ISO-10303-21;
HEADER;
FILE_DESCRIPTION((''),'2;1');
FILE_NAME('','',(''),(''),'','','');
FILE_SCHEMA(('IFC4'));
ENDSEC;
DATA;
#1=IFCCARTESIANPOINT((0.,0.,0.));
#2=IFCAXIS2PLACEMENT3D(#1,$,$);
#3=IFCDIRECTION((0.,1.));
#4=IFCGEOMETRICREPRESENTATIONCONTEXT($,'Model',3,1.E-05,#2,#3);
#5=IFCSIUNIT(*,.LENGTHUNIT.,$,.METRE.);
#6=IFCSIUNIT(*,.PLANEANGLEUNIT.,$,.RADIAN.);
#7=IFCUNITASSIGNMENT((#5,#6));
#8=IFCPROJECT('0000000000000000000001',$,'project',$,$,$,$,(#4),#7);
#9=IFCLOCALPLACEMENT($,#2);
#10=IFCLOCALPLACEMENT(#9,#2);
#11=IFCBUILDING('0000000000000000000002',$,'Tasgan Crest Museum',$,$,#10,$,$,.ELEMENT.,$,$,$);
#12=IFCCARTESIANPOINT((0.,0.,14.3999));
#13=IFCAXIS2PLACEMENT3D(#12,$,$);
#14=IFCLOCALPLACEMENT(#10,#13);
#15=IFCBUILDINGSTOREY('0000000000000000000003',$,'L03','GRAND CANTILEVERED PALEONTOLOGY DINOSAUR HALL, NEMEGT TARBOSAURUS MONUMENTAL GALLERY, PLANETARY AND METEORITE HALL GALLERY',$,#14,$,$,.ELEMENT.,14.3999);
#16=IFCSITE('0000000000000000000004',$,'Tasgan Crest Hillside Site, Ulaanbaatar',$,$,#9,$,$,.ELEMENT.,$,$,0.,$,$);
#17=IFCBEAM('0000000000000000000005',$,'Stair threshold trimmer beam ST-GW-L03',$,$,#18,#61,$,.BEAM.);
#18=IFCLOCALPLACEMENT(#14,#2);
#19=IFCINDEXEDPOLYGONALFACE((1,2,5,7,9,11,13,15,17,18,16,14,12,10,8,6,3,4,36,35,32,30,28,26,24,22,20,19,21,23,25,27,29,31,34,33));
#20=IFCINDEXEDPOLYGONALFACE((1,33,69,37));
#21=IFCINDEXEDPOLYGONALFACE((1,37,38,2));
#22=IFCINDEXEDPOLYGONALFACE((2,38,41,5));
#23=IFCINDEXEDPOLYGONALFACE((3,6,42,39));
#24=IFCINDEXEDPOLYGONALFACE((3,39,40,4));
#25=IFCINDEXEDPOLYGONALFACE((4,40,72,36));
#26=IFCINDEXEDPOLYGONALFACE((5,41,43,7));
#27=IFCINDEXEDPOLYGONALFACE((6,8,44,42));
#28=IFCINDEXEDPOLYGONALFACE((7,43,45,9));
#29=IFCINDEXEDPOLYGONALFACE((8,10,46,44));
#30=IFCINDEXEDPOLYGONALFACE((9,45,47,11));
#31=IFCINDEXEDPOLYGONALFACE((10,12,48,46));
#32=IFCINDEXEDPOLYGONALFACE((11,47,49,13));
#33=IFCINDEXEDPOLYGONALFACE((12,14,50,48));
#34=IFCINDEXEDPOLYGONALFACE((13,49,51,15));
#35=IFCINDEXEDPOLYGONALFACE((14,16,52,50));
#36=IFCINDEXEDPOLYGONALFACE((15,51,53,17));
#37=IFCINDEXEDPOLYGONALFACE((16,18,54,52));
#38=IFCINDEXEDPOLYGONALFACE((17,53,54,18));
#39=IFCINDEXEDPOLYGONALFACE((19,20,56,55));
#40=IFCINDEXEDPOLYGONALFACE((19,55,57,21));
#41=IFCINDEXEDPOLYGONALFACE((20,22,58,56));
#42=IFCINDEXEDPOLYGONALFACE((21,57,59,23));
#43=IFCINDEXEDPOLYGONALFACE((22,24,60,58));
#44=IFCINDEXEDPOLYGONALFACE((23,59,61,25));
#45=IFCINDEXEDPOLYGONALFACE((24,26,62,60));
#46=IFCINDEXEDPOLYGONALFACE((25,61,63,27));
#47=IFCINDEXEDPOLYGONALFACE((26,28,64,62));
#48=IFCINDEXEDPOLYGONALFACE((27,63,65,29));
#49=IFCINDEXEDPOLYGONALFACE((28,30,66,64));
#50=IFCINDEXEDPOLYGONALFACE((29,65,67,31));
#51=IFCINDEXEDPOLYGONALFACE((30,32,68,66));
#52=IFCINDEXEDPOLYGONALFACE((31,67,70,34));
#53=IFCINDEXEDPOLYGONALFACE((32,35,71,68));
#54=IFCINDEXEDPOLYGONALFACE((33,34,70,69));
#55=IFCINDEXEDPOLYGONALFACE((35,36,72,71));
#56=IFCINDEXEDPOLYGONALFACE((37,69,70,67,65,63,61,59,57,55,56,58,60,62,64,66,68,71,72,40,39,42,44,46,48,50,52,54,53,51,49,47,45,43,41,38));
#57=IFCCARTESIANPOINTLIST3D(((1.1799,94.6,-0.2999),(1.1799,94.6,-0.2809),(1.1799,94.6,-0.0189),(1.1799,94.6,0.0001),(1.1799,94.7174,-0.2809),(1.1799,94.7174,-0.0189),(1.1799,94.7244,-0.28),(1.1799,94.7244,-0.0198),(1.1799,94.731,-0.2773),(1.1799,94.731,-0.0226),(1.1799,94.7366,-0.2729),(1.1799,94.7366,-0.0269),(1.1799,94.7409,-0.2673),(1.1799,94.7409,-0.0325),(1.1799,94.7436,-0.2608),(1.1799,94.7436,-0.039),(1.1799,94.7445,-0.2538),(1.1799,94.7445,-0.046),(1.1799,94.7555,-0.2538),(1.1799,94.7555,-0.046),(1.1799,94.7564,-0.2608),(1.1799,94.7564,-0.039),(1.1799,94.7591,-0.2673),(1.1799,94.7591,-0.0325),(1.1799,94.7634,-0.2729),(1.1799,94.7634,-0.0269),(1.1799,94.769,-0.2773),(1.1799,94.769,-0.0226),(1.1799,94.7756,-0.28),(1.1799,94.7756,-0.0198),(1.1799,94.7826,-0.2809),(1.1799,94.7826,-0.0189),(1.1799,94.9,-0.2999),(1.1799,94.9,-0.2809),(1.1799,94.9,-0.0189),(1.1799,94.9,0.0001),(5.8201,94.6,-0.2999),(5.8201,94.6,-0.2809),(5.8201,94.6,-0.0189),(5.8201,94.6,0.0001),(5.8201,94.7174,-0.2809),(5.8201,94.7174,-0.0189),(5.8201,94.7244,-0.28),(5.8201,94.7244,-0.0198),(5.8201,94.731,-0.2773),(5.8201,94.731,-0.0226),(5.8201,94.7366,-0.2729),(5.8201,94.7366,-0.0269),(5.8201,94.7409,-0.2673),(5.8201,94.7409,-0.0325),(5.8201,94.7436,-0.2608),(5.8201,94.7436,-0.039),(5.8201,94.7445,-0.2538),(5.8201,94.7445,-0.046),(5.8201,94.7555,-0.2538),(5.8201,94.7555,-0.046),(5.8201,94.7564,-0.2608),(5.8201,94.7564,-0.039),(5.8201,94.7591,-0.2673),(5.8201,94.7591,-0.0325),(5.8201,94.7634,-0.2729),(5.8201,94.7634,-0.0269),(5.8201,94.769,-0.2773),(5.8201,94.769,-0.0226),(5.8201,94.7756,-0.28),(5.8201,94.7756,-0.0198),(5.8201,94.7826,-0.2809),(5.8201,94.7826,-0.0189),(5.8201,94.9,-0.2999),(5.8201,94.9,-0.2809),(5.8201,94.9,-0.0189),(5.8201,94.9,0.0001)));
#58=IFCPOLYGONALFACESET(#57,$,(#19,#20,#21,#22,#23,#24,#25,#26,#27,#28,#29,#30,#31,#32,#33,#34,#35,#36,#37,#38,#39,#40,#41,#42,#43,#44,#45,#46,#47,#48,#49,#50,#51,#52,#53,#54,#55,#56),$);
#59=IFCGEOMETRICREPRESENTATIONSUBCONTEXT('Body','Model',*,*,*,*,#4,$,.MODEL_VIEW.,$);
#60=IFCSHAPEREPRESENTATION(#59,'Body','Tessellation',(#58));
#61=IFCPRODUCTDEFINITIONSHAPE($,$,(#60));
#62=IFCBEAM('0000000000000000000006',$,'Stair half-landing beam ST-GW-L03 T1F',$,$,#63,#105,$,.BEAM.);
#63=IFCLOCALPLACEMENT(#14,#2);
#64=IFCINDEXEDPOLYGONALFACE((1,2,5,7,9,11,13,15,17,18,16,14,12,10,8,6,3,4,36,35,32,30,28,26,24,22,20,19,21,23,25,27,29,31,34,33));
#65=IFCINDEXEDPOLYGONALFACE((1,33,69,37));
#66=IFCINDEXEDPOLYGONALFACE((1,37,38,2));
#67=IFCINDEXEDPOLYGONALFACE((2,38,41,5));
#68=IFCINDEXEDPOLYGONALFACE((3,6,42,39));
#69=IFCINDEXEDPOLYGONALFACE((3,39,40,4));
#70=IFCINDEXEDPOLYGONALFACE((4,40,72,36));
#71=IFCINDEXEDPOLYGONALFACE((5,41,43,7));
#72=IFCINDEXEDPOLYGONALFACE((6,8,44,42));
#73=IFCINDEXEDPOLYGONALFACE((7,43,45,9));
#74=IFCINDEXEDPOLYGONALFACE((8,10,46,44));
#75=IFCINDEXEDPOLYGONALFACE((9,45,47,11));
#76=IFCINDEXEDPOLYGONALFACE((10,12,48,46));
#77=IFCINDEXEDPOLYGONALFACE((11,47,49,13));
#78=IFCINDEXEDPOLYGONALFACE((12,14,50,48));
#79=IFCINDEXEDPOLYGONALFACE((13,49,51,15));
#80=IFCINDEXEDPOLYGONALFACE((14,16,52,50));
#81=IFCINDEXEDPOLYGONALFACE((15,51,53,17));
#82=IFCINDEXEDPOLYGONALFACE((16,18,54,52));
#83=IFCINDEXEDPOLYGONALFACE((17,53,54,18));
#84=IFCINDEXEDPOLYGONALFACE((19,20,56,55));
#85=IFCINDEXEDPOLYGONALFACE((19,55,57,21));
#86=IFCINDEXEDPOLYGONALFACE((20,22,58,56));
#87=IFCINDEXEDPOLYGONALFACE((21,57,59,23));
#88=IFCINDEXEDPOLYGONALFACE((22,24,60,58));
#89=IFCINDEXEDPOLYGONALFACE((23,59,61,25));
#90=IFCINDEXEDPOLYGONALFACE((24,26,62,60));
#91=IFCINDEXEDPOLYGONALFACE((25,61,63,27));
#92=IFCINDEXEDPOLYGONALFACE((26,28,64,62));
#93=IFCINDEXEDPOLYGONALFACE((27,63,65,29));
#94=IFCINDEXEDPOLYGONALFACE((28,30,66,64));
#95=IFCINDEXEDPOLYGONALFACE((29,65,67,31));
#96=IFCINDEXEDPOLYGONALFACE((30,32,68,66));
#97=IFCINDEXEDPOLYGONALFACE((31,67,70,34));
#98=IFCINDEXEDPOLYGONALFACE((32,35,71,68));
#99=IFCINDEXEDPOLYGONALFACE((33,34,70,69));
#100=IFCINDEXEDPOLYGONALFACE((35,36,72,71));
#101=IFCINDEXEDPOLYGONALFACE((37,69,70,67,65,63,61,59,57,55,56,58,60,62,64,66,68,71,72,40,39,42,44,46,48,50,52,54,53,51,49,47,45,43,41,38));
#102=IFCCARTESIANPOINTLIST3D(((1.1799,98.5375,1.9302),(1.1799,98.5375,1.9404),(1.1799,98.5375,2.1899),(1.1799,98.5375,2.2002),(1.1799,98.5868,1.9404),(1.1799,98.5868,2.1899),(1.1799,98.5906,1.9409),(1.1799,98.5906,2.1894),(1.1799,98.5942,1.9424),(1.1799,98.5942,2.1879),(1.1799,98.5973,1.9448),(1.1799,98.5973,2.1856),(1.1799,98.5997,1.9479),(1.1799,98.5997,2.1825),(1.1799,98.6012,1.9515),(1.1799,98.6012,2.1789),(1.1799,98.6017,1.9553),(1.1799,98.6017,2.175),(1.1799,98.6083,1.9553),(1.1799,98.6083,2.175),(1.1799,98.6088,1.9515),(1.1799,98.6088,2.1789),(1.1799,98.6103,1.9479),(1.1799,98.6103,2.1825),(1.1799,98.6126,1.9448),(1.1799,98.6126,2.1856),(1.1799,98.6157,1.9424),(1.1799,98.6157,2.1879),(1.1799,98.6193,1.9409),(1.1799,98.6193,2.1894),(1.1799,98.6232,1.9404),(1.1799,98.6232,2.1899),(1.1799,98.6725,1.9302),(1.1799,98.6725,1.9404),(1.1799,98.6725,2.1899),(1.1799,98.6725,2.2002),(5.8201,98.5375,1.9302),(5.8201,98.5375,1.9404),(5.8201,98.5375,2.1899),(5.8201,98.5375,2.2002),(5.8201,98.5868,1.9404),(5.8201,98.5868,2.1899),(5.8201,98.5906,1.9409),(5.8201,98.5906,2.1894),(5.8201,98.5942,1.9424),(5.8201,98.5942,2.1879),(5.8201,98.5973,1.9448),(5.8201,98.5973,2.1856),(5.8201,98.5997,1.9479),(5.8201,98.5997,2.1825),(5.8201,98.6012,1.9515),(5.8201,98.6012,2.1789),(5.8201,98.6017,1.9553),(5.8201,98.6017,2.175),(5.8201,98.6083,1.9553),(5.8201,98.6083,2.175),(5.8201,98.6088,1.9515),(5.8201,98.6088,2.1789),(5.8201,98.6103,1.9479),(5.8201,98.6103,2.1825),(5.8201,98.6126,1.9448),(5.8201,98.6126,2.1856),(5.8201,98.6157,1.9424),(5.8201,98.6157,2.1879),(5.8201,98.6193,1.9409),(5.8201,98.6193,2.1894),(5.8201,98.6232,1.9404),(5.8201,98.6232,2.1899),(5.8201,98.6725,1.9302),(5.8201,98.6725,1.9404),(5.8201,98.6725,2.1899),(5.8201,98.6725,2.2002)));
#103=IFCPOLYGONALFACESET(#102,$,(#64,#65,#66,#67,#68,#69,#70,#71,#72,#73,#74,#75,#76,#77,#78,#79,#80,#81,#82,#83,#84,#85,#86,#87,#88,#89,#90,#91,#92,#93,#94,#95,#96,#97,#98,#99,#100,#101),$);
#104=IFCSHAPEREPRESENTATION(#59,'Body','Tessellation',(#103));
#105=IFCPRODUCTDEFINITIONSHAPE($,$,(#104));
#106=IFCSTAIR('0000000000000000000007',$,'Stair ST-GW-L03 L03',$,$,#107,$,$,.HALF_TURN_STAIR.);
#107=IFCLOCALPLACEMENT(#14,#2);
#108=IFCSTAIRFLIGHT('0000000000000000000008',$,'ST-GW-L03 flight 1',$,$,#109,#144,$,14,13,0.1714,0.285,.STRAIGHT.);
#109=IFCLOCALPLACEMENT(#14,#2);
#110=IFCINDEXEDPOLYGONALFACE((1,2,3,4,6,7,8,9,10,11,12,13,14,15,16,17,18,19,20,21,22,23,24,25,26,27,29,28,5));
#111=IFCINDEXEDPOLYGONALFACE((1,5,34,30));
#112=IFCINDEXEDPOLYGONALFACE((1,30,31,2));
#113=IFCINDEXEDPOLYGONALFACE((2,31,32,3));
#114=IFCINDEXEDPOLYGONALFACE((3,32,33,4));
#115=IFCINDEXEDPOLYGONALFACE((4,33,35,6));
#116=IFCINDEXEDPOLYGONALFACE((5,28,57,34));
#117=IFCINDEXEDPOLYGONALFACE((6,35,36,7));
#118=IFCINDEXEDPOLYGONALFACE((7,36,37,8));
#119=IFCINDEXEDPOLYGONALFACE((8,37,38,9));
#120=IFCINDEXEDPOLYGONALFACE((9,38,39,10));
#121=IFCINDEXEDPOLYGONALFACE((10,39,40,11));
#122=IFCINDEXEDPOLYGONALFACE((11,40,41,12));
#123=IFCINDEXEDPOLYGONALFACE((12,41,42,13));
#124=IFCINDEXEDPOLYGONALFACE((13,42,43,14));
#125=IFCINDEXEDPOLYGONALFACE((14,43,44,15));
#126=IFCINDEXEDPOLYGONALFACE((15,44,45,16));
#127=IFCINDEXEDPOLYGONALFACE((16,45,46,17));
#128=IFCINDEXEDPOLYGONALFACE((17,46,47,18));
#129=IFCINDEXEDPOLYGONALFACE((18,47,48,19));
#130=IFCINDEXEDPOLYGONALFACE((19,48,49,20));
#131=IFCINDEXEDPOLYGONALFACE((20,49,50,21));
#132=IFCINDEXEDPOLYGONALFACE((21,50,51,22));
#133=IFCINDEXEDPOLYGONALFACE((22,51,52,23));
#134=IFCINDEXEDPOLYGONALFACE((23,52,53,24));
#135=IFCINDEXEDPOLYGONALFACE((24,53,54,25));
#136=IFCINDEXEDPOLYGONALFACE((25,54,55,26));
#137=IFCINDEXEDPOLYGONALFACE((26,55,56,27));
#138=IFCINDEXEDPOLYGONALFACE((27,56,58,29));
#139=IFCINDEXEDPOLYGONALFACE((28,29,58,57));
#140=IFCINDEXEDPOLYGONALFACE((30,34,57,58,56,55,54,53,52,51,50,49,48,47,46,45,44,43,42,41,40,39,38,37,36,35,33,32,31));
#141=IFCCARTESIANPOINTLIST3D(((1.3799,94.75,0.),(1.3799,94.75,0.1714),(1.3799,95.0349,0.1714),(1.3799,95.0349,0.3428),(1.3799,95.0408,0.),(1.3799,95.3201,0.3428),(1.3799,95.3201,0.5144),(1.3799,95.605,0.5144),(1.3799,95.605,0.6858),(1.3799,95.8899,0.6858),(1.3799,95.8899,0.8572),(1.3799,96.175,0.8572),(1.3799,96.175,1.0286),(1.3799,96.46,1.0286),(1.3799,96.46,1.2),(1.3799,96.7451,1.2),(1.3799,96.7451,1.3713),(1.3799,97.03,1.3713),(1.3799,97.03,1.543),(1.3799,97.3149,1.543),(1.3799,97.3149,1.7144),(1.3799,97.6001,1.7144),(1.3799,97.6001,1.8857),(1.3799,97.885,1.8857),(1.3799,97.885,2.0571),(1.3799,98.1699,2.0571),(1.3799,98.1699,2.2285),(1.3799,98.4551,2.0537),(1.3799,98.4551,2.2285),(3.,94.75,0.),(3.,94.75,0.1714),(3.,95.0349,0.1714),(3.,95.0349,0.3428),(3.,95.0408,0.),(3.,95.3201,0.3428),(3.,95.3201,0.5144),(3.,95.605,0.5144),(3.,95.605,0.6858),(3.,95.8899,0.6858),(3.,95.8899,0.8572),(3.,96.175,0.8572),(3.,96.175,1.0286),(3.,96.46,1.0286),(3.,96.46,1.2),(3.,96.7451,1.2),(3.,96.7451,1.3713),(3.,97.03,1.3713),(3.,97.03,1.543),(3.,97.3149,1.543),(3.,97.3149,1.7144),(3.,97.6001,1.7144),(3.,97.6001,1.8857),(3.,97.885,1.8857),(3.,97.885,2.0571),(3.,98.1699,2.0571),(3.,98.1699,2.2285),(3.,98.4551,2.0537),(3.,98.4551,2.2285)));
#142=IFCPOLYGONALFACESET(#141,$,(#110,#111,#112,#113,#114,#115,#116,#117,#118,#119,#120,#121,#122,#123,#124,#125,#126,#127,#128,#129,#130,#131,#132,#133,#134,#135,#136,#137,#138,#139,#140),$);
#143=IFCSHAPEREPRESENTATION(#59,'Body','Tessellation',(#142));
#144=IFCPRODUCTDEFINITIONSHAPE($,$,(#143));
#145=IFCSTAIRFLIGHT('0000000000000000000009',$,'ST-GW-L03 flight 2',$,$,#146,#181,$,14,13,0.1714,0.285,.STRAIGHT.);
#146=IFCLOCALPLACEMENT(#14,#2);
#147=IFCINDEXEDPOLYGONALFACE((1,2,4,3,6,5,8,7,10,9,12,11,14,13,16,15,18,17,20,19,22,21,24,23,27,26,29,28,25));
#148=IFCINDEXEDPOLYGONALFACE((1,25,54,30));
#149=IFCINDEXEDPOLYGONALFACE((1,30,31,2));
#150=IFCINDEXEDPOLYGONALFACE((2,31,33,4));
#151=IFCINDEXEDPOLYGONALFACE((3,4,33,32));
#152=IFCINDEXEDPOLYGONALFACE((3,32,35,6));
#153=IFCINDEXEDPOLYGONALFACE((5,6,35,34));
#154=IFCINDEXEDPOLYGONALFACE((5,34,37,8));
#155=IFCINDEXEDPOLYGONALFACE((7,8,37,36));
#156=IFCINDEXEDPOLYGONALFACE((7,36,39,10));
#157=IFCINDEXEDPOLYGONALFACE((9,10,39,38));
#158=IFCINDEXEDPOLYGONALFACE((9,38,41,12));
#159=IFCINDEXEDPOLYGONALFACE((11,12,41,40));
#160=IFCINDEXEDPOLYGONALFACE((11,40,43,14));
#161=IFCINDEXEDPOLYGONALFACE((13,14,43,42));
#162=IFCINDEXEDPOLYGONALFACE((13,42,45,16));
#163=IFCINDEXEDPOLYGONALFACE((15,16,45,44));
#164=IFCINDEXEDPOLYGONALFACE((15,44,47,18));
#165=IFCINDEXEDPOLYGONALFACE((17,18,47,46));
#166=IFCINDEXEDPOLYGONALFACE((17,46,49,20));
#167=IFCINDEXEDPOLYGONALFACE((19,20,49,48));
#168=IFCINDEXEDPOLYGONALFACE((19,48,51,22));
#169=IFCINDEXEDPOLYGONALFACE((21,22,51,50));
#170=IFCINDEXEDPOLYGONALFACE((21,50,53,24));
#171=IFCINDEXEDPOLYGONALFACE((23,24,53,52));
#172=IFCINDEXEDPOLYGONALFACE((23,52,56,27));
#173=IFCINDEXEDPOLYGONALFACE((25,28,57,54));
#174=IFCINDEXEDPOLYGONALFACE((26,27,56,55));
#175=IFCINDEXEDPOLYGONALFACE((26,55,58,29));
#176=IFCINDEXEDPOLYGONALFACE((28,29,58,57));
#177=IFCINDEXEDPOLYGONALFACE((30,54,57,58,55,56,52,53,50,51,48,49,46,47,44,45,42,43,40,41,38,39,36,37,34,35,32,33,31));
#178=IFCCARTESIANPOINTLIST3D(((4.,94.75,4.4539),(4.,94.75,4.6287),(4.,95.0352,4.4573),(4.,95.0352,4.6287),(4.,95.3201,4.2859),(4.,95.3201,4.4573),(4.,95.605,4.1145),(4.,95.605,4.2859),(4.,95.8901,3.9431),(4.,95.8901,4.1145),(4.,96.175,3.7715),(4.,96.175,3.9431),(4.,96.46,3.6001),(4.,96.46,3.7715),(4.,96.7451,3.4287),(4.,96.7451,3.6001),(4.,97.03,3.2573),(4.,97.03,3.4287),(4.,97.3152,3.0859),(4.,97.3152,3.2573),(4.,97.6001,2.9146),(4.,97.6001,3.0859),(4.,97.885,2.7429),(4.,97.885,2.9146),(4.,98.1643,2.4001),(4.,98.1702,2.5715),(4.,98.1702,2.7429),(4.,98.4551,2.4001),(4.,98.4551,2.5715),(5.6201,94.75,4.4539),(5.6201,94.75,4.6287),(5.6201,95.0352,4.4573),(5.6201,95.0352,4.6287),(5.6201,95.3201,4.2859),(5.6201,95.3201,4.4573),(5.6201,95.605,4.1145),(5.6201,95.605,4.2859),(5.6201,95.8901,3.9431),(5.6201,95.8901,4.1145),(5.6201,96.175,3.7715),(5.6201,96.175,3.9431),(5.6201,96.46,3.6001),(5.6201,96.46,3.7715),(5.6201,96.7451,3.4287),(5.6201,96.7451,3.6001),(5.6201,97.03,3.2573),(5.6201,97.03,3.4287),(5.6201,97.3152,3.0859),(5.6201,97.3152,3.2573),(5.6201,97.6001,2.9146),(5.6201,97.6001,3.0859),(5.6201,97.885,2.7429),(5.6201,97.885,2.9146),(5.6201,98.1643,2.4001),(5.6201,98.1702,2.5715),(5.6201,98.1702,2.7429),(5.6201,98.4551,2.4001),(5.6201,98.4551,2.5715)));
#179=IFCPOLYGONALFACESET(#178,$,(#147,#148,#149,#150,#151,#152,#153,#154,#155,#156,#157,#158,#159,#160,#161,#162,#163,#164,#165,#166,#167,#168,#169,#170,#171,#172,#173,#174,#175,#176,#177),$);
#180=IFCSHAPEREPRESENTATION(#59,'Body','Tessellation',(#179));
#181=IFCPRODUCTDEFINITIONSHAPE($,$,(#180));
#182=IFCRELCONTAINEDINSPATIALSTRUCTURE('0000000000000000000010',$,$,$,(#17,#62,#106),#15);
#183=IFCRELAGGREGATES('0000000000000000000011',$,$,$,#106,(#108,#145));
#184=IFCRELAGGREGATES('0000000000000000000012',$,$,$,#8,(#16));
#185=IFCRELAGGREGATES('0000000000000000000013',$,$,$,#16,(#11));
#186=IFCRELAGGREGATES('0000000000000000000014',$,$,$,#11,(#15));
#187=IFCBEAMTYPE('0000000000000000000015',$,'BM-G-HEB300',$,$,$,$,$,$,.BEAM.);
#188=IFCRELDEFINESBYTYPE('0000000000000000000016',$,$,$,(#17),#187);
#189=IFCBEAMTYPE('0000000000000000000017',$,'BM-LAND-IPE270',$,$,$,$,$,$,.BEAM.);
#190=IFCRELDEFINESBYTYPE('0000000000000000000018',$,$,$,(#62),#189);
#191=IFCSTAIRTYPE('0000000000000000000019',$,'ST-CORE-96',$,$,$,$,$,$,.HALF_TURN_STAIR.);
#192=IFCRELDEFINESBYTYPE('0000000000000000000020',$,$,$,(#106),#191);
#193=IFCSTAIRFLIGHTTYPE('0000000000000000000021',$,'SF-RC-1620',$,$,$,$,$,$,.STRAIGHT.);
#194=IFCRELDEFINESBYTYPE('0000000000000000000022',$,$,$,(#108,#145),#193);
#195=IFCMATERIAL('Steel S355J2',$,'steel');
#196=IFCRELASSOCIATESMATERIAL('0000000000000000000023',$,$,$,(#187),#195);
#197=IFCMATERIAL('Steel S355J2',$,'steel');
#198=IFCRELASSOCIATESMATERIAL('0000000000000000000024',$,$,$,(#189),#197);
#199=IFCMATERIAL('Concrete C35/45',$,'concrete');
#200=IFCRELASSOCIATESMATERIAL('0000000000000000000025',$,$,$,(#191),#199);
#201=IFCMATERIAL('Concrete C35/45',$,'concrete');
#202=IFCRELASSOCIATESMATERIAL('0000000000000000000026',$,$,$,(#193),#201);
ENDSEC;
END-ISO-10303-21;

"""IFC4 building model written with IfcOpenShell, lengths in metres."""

from ifc_helpers import new_model, si_unit, direction, frame, origin, origin_2d, place, context, subcontext, project, spatial, polyline, i_section, outline, extrude, material, material_profile, profile_set, type_object, element, aggregate, save


model = new_model("IFC4")

# Units and contexts
model_context = context("Model", 3, precision=1e-05, world=origin(), true_north=direction((0.0, 1.0)))
body_context = subcontext(model_context, "Body", "Model", "MODEL_VIEW")
ifc_project = project(units=[si_unit("LENGTHUNIT", "METRE"), si_unit("PLANEANGLEUNIT", "RADIAN")], contexts=[model_context])

# Site, building, storey
site_placement = place(None, origin())
site = spatial("IfcSite", under=ifc_project, at=site_placement, Name="Tasgan Crest Hillside Site, Ulaanbaatar", CompositionType="ELEMENT", RefElevation=0.0)
building_placement = place(site_placement, origin())
building = spatial("IfcBuilding", under=site, at=building_placement, Name="Tasgan Crest Museum", CompositionType="ELEMENT")
storey_placement = place(building_placement, frame((0.0, 0.0, 14.3999)))
storey = spatial("IfcBuildingStorey", under=building, at=storey_placement, Name="L03", Description="GRAND CANTILEVERED PALEONTOLOGY DINOSAUR HALL, NEMEGT TARBOSAURUS MONUMENTAL GALLERY, PLANETARY AND METEORITE HALL GALLERY", CompositionType="ELEMENT", Elevation=14.3999)

# Beams
ifc_material_1 = material(Name="Steel S355J2", Category="steel")
ifc_material_profile_1 = material_profile(ifc_material_1, i_section(OverallWidth=0.3, OverallDepth=0.3, WebThickness=0.011, FlangeThickness=0.019, FilletRadius=0.0271, at=origin_2d()), Name="HEB 300")
ifc_profile_set_1 = profile_set([ifc_material_profile_1], Name="Steel S355J2")
beam_type_1 = type_object("IfcBeamType", Name="BM-G-HEB300", PredefinedType="BEAM", material=ifc_profile_set_1)
beam_1_placement = place(storey_placement, frame((1.1799, 94.75, -0.1499), z_axis=(1.0, 0.0, 0.0), x_axis=(0.0, 1.0, 0.0)))
element("IfcBeam", 1, at=beam_1_placement, inside=storey, type_object=beam_type_1, Name="Stair threshold trimmer beam ST-GW-L03", PredefinedType="BEAM", context=body_context, shape_type="SweptSolid", body=[
    extrude(i_section(OverallWidth=0.3, OverallDepth=0.3, WebThickness=0.011, FlangeThickness=0.019, FilletRadius=0.0271, at=origin_2d()), origin(), (0.0, 0.0, 1.0), 4.6401),
])
ifc_material_2 = material(Name="Steel S355J2", Category="steel")
ifc_material_profile_2 = material_profile(ifc_material_2, i_section(OverallWidth=0.135, OverallDepth=0.27, WebThickness=0.0066, FlangeThickness=0.0103, FilletRadius=0.0149, at=origin_2d()), Name="IPE 270")
ifc_profile_set_2 = profile_set([ifc_material_profile_2], Name="Steel S355J2")
beam_type_2 = type_object("IfcBeamType", Name="BM-LAND-IPE270", PredefinedType="BEAM", material=ifc_profile_set_2)
beam_2_placement = place(storey_placement, frame((1.1799, 98.605, 2.0652), z_axis=(1.0, 0.0, 0.0), x_axis=(0.0, 1.0, 0.0)))
element("IfcBeam", 2, at=beam_2_placement, inside=storey, type_object=beam_type_2, Name="Stair half-landing beam ST-GW-L03 T1F", PredefinedType="BEAM", context=body_context, shape_type="SweptSolid", body=[
    extrude(i_section(OverallWidth=0.135, OverallDepth=0.27, WebThickness=0.0066, FlangeThickness=0.0103, FilletRadius=0.0149, at=origin_2d()), origin(), (0.0, 0.0, 1.0), 4.6401),
])

# Stair, stair flights
ifc_material_3 = material(Name="Concrete C35/45", Category="concrete")
stair_type = type_object("IfcStairType", Name="ST-CORE-96", PredefinedType="HALF_TURN_STAIR", material=ifc_material_3)
stair_placement = place(storey_placement, origin())
stair = element("IfcStair", 3, at=stair_placement, inside=storey, type_object=stair_type, Name="Stair ST-GW-L03 L03", PredefinedType="HALF_TURN_STAIR")
ifc_material_4 = material(Name="Concrete C35/45", Category="concrete")
stair_flight_type = type_object("IfcStairFlightType", Name="SF-RC-1620", PredefinedType="STRAIGHT", material=ifc_material_4)
stair_flight_1_placement = place(storey_placement, frame((2.1899, 94.75, 0.0), z_axis=(0.0, 0.0, 1.0), x_axis=(0.0, 1.0, 0.0)))
stair_flight_1 = element("IfcStairFlight", 4, at=stair_flight_1_placement, type_object=stair_flight_type, Name="ST-GW-L03 flight 1", NumberOfRisers=14, NumberOfTreads=13, PredefinedType="STRAIGHT", RiserHeight=0.1714, TreadLength=0.285, context=body_context, shape_type="SweptSolid", body=[
    extrude(outline(polyline([(0.0, 0.0), (0.0, 0.1714), (0.2849, 0.1714), (0.2849, 0.3428), (0.5701, 0.3428), (0.5701, 0.5144), (0.855, 0.5144), (0.855, 0.6858), (1.1399, 0.6858), (1.1399, 0.8572), (1.425, 0.8572), (1.425, 1.0286), (1.71, 1.0286), (1.71, 1.2), (1.9951, 1.2), (1.9951, 1.3713), (2.28, 1.3713), (2.28, 1.543), (2.5649, 1.543), (2.5649, 1.7144), (2.8501, 1.7144), (2.8501, 1.8857), (3.135, 1.8857), (3.135, 2.0571), (3.4199, 2.0571), (3.4199, 2.2285), (3.7051, 2.2285), (3.7051, 2.3999), (3.7051, 2.0537), (0.2908, 0.0), (0.0, 0.0)])), frame((0.0, 0.8101, 0.0), z_axis=(0.0, -1.0, 0.0), x_axis=(1.0, 0.0, 0.0)), (0.0, 0.0, 1.0), 1.6201),
])
stair_flight_2_placement = place(storey_placement, frame((4.8101, 98.4551, 2.4001), z_axis=(0.0, 0.0, 1.0), x_axis=(0.0, -1.0, 0.0)))
stair_flight_2 = element("IfcStairFlight", 5, at=stair_flight_2_placement, type_object=stair_flight_type, Name="ST-GW-L03 flight 2", NumberOfRisers=14, NumberOfTreads=13, PredefinedType="STRAIGHT", RiserHeight=0.1714, TreadLength=0.285, context=body_context, shape_type="SweptSolid", body=[
    extrude(outline(polyline([(0.0, 0.0), (0.0, 0.1714), (0.2849, 0.1714), (0.2849, 0.3428), (0.5701, 0.3428), (0.5701, 0.5144), (0.855, 0.5144), (0.855, 0.6858), (1.1399, 0.6858), (1.1399, 0.8572), (1.425, 0.8572), (1.425, 1.0286), (1.71, 1.0286), (1.71, 1.2), (1.9951, 1.2), (1.9951, 1.3713), (2.28, 1.3713), (2.28, 1.543), (2.5649, 1.543), (2.5649, 1.7144), (2.8501, 1.7144), (2.8501, 1.8857), (3.135, 1.8857), (3.135, 2.0571), (3.4199, 2.0571), (3.4199, 2.2285), (3.7051, 2.2285), (3.7051, 2.3999), (3.7051, 2.0537), (0.2908, 0.0), (0.0, 0.0)])), frame((0.0, 0.8101, 0.0), z_axis=(0.0, -1.0, 0.0), x_axis=(1.0, 0.0, 0.0)), (0.0, 0.0, 1.0), 1.6201),
])
aggregate(stair, [stair_flight_1, stair_flight_2])

save(model, "model.ifc")
